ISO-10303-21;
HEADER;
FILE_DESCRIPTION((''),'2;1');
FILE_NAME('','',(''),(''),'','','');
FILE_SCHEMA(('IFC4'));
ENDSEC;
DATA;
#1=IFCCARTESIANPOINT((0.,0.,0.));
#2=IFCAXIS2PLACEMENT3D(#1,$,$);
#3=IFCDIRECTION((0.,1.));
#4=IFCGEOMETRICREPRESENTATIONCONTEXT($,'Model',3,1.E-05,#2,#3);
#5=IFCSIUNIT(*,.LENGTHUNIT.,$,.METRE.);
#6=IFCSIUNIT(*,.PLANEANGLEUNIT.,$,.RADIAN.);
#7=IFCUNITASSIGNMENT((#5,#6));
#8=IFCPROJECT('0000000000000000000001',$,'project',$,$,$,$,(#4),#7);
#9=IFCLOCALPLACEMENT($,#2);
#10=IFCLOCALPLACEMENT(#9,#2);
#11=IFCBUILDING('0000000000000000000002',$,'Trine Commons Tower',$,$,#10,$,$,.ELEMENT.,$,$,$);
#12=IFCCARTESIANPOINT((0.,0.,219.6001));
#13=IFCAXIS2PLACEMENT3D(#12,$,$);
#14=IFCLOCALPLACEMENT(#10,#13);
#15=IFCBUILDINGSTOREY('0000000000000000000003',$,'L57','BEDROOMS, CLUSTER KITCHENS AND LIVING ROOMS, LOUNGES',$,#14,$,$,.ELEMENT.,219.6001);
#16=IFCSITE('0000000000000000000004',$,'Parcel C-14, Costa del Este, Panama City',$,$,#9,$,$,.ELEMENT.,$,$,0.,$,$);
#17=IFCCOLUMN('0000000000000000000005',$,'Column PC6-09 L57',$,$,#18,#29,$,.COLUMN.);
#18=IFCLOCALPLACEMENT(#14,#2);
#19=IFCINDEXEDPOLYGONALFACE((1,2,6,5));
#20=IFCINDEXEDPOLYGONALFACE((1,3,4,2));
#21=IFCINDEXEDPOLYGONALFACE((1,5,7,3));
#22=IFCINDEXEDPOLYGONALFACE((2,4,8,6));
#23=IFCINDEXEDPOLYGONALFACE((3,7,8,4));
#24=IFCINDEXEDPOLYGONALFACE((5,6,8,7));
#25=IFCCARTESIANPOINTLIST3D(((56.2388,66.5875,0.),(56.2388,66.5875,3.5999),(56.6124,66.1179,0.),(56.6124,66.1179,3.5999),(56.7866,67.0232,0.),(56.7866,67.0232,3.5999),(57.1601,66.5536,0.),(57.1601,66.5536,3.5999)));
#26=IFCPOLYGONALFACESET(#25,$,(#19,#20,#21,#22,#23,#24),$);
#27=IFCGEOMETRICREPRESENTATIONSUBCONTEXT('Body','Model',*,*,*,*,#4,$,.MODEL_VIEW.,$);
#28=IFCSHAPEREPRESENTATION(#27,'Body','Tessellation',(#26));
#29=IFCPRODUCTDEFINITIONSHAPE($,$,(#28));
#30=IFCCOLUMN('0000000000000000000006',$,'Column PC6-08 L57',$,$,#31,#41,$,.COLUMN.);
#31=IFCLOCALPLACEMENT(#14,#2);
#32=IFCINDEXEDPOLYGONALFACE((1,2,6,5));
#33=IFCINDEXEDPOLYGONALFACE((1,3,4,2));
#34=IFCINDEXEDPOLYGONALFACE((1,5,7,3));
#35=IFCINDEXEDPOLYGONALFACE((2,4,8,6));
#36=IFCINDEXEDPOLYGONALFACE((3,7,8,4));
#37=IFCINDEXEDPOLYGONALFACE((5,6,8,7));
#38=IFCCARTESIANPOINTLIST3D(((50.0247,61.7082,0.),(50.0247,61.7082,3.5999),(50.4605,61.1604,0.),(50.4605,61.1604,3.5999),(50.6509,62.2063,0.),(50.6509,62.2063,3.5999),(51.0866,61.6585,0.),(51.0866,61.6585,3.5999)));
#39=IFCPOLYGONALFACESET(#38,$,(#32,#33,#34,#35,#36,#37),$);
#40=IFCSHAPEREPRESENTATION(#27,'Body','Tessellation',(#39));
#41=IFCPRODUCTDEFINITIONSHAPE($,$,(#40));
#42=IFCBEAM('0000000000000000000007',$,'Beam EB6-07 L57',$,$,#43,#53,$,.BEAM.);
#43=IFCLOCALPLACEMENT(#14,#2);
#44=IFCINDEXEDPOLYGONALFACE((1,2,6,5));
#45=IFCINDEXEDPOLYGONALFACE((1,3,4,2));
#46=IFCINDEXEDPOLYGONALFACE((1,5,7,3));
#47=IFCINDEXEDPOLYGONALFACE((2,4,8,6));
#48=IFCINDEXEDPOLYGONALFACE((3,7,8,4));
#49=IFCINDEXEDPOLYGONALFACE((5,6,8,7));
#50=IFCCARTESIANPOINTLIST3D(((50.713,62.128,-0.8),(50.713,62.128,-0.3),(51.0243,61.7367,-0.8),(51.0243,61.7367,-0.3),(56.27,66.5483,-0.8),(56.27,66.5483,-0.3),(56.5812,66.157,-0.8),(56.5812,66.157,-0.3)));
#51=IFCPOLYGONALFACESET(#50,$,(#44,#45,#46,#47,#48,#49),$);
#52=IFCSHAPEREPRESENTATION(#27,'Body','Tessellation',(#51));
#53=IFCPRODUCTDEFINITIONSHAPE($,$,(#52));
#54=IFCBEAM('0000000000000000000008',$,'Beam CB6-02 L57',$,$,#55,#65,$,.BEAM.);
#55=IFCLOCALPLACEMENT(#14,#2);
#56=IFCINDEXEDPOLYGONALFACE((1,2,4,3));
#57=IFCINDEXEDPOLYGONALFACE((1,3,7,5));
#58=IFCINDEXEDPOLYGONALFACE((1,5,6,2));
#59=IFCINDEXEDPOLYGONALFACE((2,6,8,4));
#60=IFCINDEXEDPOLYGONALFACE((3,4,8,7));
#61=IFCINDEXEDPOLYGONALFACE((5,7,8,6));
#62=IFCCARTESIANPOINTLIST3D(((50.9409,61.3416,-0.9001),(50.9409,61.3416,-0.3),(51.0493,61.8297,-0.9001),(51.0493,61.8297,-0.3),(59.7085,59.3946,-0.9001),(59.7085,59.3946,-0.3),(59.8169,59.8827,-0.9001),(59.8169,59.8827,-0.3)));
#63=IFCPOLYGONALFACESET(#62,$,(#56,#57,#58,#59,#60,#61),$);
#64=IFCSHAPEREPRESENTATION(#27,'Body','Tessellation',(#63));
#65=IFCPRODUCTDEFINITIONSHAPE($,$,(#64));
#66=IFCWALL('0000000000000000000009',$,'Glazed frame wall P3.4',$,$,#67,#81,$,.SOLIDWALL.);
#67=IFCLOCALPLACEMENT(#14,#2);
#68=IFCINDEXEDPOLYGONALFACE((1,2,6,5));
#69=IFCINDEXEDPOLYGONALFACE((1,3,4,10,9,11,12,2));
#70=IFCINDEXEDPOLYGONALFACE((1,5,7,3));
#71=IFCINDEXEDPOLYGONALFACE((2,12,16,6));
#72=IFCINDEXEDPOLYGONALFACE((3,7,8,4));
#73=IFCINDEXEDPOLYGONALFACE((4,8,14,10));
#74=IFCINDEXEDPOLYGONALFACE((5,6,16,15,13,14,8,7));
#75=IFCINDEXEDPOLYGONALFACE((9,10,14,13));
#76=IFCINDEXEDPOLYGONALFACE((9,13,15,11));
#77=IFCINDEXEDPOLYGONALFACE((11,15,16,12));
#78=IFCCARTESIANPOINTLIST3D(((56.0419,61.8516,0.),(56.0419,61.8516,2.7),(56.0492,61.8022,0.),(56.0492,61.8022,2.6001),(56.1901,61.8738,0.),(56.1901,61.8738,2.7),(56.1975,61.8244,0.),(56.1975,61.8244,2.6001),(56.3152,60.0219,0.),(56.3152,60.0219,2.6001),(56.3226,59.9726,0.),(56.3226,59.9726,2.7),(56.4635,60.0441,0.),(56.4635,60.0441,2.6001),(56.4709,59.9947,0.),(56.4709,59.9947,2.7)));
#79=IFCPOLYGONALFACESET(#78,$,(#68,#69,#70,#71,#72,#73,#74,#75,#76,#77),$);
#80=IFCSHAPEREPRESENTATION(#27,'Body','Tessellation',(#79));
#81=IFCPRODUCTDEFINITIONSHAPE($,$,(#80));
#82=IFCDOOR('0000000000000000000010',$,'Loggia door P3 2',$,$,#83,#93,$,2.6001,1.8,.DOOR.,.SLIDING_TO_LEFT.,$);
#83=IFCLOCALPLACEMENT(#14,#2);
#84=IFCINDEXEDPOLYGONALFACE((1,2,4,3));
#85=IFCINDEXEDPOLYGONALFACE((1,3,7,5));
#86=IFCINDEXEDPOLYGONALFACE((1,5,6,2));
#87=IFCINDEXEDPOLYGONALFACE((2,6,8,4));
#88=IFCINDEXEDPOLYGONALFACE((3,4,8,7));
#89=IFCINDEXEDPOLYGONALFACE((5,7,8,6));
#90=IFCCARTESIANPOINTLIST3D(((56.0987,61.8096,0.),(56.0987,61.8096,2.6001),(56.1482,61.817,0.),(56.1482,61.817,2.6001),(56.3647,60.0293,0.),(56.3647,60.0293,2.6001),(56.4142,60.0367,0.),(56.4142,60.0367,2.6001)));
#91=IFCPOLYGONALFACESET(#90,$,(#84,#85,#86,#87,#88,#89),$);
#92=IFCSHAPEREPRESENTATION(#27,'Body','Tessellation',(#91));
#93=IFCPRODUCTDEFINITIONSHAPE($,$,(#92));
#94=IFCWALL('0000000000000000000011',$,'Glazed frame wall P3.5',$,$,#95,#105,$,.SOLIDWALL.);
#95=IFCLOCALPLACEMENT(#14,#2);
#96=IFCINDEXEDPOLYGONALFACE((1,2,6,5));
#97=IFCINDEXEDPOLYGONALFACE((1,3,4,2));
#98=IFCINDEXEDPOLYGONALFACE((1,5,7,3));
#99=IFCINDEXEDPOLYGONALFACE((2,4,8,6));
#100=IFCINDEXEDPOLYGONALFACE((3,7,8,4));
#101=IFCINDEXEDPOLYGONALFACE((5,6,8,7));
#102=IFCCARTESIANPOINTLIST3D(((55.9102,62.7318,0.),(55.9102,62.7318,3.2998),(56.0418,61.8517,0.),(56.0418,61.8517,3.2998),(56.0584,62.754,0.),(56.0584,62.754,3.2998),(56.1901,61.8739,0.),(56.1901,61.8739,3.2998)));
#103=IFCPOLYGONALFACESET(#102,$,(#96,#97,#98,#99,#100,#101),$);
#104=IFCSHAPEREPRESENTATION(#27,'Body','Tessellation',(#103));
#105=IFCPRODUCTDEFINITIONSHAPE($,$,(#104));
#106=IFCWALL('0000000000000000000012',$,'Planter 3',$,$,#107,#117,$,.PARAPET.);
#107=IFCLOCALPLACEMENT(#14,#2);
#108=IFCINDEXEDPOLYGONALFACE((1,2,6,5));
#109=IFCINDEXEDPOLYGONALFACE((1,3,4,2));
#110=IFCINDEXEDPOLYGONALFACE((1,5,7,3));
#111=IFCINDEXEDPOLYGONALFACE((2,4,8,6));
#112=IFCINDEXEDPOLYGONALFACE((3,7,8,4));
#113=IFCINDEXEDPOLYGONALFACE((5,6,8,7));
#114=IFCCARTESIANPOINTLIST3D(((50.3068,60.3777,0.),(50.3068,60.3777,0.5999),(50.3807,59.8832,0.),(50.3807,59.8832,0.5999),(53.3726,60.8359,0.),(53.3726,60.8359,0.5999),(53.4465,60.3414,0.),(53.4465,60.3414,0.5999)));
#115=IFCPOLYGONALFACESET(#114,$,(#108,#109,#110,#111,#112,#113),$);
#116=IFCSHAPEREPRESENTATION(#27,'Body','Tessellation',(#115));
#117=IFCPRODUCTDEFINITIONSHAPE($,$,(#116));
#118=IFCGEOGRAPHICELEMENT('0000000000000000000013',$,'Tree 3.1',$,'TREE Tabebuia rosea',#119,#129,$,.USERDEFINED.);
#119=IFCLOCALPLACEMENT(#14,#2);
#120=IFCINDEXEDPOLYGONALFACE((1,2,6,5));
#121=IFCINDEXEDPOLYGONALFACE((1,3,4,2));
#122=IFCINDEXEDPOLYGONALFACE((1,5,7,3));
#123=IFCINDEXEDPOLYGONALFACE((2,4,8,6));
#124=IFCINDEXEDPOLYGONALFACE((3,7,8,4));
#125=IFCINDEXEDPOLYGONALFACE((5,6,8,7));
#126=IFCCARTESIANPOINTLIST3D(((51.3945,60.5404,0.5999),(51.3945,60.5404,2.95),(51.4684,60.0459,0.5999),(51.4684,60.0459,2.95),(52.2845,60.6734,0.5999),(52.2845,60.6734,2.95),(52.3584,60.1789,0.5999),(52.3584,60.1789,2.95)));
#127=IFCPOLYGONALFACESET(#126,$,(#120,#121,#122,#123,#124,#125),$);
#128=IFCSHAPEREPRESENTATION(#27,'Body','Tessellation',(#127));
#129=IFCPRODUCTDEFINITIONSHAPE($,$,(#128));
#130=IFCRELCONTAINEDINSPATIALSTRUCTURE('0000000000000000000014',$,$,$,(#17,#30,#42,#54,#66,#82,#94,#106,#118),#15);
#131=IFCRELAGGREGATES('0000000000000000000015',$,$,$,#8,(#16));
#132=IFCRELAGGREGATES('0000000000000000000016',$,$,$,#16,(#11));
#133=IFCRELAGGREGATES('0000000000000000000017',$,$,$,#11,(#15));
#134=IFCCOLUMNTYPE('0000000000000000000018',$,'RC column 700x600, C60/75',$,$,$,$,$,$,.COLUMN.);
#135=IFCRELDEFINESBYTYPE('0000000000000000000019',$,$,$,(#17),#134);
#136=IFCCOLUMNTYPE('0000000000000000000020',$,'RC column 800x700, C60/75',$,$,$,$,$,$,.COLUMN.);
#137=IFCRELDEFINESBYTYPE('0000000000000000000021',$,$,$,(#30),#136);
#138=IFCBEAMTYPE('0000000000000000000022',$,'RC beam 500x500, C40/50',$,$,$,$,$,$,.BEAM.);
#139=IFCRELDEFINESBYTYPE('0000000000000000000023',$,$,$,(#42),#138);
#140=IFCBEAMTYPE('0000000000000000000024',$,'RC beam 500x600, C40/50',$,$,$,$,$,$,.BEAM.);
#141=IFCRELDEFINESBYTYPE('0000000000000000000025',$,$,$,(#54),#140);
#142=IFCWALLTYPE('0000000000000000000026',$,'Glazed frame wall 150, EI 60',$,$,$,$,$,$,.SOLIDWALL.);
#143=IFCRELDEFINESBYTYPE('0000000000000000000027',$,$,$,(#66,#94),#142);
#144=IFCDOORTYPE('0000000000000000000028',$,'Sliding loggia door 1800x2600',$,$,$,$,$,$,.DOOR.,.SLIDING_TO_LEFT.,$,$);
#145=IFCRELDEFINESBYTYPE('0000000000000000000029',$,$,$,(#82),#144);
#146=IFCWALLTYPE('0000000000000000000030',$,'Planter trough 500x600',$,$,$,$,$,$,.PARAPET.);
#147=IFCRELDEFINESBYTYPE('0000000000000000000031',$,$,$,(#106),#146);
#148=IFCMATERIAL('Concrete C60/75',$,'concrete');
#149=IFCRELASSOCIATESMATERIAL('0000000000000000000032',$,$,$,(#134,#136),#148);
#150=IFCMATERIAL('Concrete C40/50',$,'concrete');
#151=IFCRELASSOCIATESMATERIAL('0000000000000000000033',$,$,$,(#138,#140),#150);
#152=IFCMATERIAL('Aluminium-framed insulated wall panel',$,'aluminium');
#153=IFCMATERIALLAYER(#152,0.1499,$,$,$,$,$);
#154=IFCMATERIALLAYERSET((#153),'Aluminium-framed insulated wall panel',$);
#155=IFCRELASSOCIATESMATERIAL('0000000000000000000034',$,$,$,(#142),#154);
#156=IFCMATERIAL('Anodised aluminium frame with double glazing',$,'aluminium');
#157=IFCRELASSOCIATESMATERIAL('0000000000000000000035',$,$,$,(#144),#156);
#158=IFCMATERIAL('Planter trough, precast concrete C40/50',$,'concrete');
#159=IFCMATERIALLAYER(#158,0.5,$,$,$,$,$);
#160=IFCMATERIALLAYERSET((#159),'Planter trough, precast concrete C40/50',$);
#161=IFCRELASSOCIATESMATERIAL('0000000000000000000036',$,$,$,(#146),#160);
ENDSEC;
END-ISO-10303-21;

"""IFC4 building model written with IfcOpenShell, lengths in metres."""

from ifc_helpers import new_model, si_unit, direction, frame, frame_2d, origin, origin_2d, place, context, subcontext, project, spatial, polyline, rectangle, outline, extrude, material, layer, layer_set, material_profile, profile_set, type_object, element, fill, save


model = new_model("IFC4")

# Units and contexts
model_context = context("Model", 3, precision=1e-05, world=origin(), true_north=direction((0.0, 1.0)))
body_context = subcontext(model_context, "Body", "Model", "MODEL_VIEW")
ifc_project = project(units=[si_unit("LENGTHUNIT", "METRE"), si_unit("PLANEANGLEUNIT", "RADIAN")], contexts=[model_context])

# Site, building, storey
site_placement = place(None, origin())
site = spatial("IfcSite", under=ifc_project, at=site_placement, Name="Parcel C-14, Costa del Este, Panama City", CompositionType="ELEMENT", RefElevation=0.0)
building_placement = place(site_placement, origin())
building = spatial("IfcBuilding", under=site, at=building_placement, Name="Trine Commons Tower", CompositionType="ELEMENT")
storey_placement = place(building_placement, frame((0.0, 0.0, 219.6001)))
storey = spatial("IfcBuildingStorey", under=building, at=storey_placement, Name="L57", Description="BEDROOMS, CLUSTER KITCHENS AND LIVING ROOMS, LOUNGES", CompositionType="ELEMENT", Elevation=219.6001)

# Columns
ifc_material_1 = material(Name="Concrete C60/75", Category="concrete")
ifc_material_profile_1 = material_profile(ifc_material_1, rectangle(XDim=0.7, YDim=0.6001, at=origin_2d()), Name="RC 700x600")
ifc_profile_set_1 = profile_set([ifc_material_profile_1], Name="Concrete C60/75")
column_type_1 = type_object("IfcColumnType", Name="RC column 700x600, C60/75", PredefinedType="COLUMN", material=ifc_profile_set_1)
column_1_placement = place(storey_placement, frame((56.6995, 66.5706, 0.0), z_axis=(0.0, 0.0, 1.0), x_axis=(0.782608, 0.622515, 0.0)))
element("IfcColumn", 1, at=column_1_placement, inside=storey, type_object=column_type_1, Name="Column PC6-09 L57", PredefinedType="COLUMN", context=body_context, shape_type="SweptSolid", body=[
    extrude(rectangle(XDim=0.7, YDim=0.6001, at=origin_2d()), origin(), (0.0, 0.0, 1.0), 3.5999),
])
ifc_material_profile_2 = material_profile(ifc_material_1, rectangle(XDim=0.8, YDim=0.7, at=origin_2d()), Name="RC 800x700")
ifc_profile_set_2 = profile_set([ifc_material_profile_2], Name="Concrete C60/75")
column_type_2 = type_object("IfcColumnType", Name="RC column 800x700, C60/75", PredefinedType="COLUMN", material=ifc_profile_set_2)
column_2_placement = place(storey_placement, frame((50.5557, 61.6833, 0.0), z_axis=(0.0, 0.0, 1.0), x_axis=(0.782608, 0.622515, 0.0)))
element("IfcColumn", 2, at=column_2_placement, inside=storey, type_object=column_type_2, Name="Column PC6-08 L57", PredefinedType="COLUMN", context=body_context, shape_type="SweptSolid", body=[
    extrude(rectangle(XDim=0.8, YDim=0.7, at=origin_2d()), origin(), (0.0, 0.0, 1.0), 3.5999),
])

# Beams
ifc_material_2 = material(Name="Concrete C40/50", Category="concrete")
ifc_material_profile_3 = material_profile(ifc_material_2, rectangle(XDim=0.5, YDim=0.5, at=origin_2d()), Name="RC 500x500")
ifc_profile_set_3 = profile_set([ifc_material_profile_3], Name="Concrete C40/50")
beam_type_1 = type_object("IfcBeamType", Name="RC beam 500x500, C40/50", PredefinedType="BEAM", material=ifc_profile_set_3)
beam_1_placement = place(storey_placement, frame((50.8687, 61.9324, -0.55), z_axis=(0.782607, 0.622516, 0.0), x_axis=(-0.622516, 0.782607, 0.0)))
element("IfcBeam", 3, at=beam_1_placement, inside=storey, type_object=beam_type_1, Name="Beam EB6-07 L57", PredefinedType="BEAM", context=body_context, shape_type="SweptSolid", body=[
    extrude(rectangle(XDim=0.5, YDim=0.5, at=origin_2d()), origin(), (0.0, 0.0, 1.0), 7.1006),
])
ifc_material_profile_4 = material_profile(ifc_material_2, rectangle(XDim=0.5, YDim=0.6001, at=origin_2d()), Name="RC 500x600")
ifc_profile_set_4 = profile_set([ifc_material_profile_4], Name="Concrete C40/50")
beam_type_2 = type_object("IfcBeamType", Name="RC beam 500x600, C40/50", PredefinedType="BEAM", material=ifc_profile_set_4)
beam_2_placement = place(storey_placement, frame((50.9951, 61.5857, -0.6001), z_axis=(0.976218, -0.216789, 0.0), x_axis=(0.216789, 0.976218, 0.0)))
element("IfcBeam", 4, at=beam_2_placement, inside=storey, type_object=beam_type_2, Name="Beam CB6-02 L57", PredefinedType="BEAM", context=body_context, shape_type="SweptSolid", body=[
    extrude(rectangle(XDim=0.5, YDim=0.6001, at=origin_2d()), origin(), (0.0, 0.0, 1.0), 8.9812),
])

# Shared definitions
ifc_material_3 = material(Name="Aluminium-framed insulated wall panel", Category="aluminium")
ifc_layer_1 = layer(ifc_material_3, 0.1499)
ifc_layer_set_1 = layer_set([ifc_layer_1], Name="Aluminium-framed insulated wall panel")
wall_type_1 = type_object("IfcWallType", Name="Glazed frame wall 150, EI 60", PredefinedType="SOLIDWALL", material=ifc_layer_set_1)
ifc_material_4 = material(Name="Anodised aluminium frame with double glazing", Category="aluminium")
door_type = type_object("IfcDoorType", Name="Sliding loggia door 1800x2600", OperationType="SLIDING_TO_LEFT", PredefinedType="DOOR", material=ifc_material_4)

# Wall, opening, door
wall_1_placement = place(storey_placement, frame((56.3967, 59.9836, 0.0), z_axis=(0.0, 0.0, 1.0), x_axis=(-0.147769, 0.989022, 0.0)))
wall_1 = element("IfcWall", 5, at=wall_1_placement, inside=storey, type_object=wall_type_1, Name="Glazed frame wall P3.4", PredefinedType="SOLIDWALL", context=body_context, shape_type="SweptSolid", body=[
    extrude(outline(polyline([(0.0, -0.075), (1.8999, -0.075), (1.8999, 0.075), (0.0, 0.075), (0.0, -0.075)])), origin(), (0.0, 0.0, 1.0), 2.7),
])
opening_1_placement = place(wall_1_placement, frame((0.05, 0.0, 0.0)))
opening_1 = element("IfcOpeningElement", 6, at=opening_1_placement, cuts=wall_1, PredefinedType="OPENING", context=body_context, shape_type="SweptSolid", body=[
    extrude(rectangle(XDim=1.8, YDim=2.6001, at=frame_2d((0.8999, 1.3))), frame((0.0, 0.085, 0.0), z_axis=(0.0, -1.0, 0.0), x_axis=(1.0, 0.0, 0.0)), (0.0, 0.0, 1.0), 0.1699),
])
door_1_placement = place(opening_1_placement, origin())
door_1 = element("IfcDoor", 7, at=door_1_placement, inside=storey, type_object=door_type, Name="Loggia door P3 2", OperationType="SLIDING_TO_LEFT", OverallHeight=2.6001, OverallWidth=1.8, PredefinedType="DOOR", context=body_context, shape_type="SweptSolid", body=[
    extrude(rectangle(XDim=1.8, YDim=2.6001, at=frame_2d((0.8999, 1.3))), frame((0.0, 0.0249, 0.0), z_axis=(0.0, -1.0, 0.0), x_axis=(1.0, 0.0, 0.0)), (0.0, 0.0, 1.0), 0.05),
])
fill(opening_1, door_1)

# Walls
wall_2_placement = place(storey_placement, frame((56.116, 61.8628, 0.0), z_axis=(0.0, 0.0, 1.0), x_axis=(-0.147946, 0.988995, 0.0)))
element("IfcWall", 8, at=wall_2_placement, inside=storey, type_object=wall_type_1, Name="Glazed frame wall P3.5", PredefinedType="SOLIDWALL", context=body_context, shape_type="SweptSolid", body=[
    extrude(outline(polyline([(0.8899, 0.075), (0.0, 0.075), (0.0, -0.075), (0.8899, -0.075), (0.8899, 0.075)])), origin(), (0.0, 0.0, 1.0), 3.2998),
])
ifc_material_5 = material(Name="Planter trough, precast concrete C40/50", Category="concrete")
ifc_layer_2 = layer(ifc_material_5, 0.5)
ifc_layer_set_2 = layer_set([ifc_layer_2], Name="Planter trough, precast concrete C40/50")
wall_type_2 = type_object("IfcWallType", Name="Planter trough 500x600", PredefinedType="PARAPET", material=ifc_layer_set_2)
wall_3_placement = place(storey_placement, frame((53.4094, 60.5886, 0.0), z_axis=(0.0, 0.0, 1.0), x_axis=(-0.989014, -0.147824, 0.0)))
element("IfcWall", 9, at=wall_3_placement, inside=storey, type_object=wall_type_2, Name="Planter 3", PredefinedType="PARAPET", context=body_context, shape_type="SweptSolid", body=[
    extrude(rectangle(XDim=3.0999, YDim=0.5, at=frame_2d((1.5498, 0.0))), origin(), (0.0, 0.0, 1.0), 0.5999),
])

# Geographic element
geographic_element_placement = place(storey_placement, frame((51.8765, 60.3596, 0.5999), z_axis=(0.0, 0.0, 1.0), x_axis=(-0.989015, -0.147816, 0.0)))
element("IfcGeographicElement", 10, at=geographic_element_placement, inside=storey, Name="Tree 3.1", ObjectType="TREE Tabebuia rosea", PredefinedType="USERDEFINED", context=body_context, shape_type="SweptSolid", body=[
    extrude(rectangle(XDim=0.8999, YDim=0.5, at=origin_2d()), origin(), (0.0, 0.0, 1.0), 2.3501),
])

save(model, "model.ifc")
